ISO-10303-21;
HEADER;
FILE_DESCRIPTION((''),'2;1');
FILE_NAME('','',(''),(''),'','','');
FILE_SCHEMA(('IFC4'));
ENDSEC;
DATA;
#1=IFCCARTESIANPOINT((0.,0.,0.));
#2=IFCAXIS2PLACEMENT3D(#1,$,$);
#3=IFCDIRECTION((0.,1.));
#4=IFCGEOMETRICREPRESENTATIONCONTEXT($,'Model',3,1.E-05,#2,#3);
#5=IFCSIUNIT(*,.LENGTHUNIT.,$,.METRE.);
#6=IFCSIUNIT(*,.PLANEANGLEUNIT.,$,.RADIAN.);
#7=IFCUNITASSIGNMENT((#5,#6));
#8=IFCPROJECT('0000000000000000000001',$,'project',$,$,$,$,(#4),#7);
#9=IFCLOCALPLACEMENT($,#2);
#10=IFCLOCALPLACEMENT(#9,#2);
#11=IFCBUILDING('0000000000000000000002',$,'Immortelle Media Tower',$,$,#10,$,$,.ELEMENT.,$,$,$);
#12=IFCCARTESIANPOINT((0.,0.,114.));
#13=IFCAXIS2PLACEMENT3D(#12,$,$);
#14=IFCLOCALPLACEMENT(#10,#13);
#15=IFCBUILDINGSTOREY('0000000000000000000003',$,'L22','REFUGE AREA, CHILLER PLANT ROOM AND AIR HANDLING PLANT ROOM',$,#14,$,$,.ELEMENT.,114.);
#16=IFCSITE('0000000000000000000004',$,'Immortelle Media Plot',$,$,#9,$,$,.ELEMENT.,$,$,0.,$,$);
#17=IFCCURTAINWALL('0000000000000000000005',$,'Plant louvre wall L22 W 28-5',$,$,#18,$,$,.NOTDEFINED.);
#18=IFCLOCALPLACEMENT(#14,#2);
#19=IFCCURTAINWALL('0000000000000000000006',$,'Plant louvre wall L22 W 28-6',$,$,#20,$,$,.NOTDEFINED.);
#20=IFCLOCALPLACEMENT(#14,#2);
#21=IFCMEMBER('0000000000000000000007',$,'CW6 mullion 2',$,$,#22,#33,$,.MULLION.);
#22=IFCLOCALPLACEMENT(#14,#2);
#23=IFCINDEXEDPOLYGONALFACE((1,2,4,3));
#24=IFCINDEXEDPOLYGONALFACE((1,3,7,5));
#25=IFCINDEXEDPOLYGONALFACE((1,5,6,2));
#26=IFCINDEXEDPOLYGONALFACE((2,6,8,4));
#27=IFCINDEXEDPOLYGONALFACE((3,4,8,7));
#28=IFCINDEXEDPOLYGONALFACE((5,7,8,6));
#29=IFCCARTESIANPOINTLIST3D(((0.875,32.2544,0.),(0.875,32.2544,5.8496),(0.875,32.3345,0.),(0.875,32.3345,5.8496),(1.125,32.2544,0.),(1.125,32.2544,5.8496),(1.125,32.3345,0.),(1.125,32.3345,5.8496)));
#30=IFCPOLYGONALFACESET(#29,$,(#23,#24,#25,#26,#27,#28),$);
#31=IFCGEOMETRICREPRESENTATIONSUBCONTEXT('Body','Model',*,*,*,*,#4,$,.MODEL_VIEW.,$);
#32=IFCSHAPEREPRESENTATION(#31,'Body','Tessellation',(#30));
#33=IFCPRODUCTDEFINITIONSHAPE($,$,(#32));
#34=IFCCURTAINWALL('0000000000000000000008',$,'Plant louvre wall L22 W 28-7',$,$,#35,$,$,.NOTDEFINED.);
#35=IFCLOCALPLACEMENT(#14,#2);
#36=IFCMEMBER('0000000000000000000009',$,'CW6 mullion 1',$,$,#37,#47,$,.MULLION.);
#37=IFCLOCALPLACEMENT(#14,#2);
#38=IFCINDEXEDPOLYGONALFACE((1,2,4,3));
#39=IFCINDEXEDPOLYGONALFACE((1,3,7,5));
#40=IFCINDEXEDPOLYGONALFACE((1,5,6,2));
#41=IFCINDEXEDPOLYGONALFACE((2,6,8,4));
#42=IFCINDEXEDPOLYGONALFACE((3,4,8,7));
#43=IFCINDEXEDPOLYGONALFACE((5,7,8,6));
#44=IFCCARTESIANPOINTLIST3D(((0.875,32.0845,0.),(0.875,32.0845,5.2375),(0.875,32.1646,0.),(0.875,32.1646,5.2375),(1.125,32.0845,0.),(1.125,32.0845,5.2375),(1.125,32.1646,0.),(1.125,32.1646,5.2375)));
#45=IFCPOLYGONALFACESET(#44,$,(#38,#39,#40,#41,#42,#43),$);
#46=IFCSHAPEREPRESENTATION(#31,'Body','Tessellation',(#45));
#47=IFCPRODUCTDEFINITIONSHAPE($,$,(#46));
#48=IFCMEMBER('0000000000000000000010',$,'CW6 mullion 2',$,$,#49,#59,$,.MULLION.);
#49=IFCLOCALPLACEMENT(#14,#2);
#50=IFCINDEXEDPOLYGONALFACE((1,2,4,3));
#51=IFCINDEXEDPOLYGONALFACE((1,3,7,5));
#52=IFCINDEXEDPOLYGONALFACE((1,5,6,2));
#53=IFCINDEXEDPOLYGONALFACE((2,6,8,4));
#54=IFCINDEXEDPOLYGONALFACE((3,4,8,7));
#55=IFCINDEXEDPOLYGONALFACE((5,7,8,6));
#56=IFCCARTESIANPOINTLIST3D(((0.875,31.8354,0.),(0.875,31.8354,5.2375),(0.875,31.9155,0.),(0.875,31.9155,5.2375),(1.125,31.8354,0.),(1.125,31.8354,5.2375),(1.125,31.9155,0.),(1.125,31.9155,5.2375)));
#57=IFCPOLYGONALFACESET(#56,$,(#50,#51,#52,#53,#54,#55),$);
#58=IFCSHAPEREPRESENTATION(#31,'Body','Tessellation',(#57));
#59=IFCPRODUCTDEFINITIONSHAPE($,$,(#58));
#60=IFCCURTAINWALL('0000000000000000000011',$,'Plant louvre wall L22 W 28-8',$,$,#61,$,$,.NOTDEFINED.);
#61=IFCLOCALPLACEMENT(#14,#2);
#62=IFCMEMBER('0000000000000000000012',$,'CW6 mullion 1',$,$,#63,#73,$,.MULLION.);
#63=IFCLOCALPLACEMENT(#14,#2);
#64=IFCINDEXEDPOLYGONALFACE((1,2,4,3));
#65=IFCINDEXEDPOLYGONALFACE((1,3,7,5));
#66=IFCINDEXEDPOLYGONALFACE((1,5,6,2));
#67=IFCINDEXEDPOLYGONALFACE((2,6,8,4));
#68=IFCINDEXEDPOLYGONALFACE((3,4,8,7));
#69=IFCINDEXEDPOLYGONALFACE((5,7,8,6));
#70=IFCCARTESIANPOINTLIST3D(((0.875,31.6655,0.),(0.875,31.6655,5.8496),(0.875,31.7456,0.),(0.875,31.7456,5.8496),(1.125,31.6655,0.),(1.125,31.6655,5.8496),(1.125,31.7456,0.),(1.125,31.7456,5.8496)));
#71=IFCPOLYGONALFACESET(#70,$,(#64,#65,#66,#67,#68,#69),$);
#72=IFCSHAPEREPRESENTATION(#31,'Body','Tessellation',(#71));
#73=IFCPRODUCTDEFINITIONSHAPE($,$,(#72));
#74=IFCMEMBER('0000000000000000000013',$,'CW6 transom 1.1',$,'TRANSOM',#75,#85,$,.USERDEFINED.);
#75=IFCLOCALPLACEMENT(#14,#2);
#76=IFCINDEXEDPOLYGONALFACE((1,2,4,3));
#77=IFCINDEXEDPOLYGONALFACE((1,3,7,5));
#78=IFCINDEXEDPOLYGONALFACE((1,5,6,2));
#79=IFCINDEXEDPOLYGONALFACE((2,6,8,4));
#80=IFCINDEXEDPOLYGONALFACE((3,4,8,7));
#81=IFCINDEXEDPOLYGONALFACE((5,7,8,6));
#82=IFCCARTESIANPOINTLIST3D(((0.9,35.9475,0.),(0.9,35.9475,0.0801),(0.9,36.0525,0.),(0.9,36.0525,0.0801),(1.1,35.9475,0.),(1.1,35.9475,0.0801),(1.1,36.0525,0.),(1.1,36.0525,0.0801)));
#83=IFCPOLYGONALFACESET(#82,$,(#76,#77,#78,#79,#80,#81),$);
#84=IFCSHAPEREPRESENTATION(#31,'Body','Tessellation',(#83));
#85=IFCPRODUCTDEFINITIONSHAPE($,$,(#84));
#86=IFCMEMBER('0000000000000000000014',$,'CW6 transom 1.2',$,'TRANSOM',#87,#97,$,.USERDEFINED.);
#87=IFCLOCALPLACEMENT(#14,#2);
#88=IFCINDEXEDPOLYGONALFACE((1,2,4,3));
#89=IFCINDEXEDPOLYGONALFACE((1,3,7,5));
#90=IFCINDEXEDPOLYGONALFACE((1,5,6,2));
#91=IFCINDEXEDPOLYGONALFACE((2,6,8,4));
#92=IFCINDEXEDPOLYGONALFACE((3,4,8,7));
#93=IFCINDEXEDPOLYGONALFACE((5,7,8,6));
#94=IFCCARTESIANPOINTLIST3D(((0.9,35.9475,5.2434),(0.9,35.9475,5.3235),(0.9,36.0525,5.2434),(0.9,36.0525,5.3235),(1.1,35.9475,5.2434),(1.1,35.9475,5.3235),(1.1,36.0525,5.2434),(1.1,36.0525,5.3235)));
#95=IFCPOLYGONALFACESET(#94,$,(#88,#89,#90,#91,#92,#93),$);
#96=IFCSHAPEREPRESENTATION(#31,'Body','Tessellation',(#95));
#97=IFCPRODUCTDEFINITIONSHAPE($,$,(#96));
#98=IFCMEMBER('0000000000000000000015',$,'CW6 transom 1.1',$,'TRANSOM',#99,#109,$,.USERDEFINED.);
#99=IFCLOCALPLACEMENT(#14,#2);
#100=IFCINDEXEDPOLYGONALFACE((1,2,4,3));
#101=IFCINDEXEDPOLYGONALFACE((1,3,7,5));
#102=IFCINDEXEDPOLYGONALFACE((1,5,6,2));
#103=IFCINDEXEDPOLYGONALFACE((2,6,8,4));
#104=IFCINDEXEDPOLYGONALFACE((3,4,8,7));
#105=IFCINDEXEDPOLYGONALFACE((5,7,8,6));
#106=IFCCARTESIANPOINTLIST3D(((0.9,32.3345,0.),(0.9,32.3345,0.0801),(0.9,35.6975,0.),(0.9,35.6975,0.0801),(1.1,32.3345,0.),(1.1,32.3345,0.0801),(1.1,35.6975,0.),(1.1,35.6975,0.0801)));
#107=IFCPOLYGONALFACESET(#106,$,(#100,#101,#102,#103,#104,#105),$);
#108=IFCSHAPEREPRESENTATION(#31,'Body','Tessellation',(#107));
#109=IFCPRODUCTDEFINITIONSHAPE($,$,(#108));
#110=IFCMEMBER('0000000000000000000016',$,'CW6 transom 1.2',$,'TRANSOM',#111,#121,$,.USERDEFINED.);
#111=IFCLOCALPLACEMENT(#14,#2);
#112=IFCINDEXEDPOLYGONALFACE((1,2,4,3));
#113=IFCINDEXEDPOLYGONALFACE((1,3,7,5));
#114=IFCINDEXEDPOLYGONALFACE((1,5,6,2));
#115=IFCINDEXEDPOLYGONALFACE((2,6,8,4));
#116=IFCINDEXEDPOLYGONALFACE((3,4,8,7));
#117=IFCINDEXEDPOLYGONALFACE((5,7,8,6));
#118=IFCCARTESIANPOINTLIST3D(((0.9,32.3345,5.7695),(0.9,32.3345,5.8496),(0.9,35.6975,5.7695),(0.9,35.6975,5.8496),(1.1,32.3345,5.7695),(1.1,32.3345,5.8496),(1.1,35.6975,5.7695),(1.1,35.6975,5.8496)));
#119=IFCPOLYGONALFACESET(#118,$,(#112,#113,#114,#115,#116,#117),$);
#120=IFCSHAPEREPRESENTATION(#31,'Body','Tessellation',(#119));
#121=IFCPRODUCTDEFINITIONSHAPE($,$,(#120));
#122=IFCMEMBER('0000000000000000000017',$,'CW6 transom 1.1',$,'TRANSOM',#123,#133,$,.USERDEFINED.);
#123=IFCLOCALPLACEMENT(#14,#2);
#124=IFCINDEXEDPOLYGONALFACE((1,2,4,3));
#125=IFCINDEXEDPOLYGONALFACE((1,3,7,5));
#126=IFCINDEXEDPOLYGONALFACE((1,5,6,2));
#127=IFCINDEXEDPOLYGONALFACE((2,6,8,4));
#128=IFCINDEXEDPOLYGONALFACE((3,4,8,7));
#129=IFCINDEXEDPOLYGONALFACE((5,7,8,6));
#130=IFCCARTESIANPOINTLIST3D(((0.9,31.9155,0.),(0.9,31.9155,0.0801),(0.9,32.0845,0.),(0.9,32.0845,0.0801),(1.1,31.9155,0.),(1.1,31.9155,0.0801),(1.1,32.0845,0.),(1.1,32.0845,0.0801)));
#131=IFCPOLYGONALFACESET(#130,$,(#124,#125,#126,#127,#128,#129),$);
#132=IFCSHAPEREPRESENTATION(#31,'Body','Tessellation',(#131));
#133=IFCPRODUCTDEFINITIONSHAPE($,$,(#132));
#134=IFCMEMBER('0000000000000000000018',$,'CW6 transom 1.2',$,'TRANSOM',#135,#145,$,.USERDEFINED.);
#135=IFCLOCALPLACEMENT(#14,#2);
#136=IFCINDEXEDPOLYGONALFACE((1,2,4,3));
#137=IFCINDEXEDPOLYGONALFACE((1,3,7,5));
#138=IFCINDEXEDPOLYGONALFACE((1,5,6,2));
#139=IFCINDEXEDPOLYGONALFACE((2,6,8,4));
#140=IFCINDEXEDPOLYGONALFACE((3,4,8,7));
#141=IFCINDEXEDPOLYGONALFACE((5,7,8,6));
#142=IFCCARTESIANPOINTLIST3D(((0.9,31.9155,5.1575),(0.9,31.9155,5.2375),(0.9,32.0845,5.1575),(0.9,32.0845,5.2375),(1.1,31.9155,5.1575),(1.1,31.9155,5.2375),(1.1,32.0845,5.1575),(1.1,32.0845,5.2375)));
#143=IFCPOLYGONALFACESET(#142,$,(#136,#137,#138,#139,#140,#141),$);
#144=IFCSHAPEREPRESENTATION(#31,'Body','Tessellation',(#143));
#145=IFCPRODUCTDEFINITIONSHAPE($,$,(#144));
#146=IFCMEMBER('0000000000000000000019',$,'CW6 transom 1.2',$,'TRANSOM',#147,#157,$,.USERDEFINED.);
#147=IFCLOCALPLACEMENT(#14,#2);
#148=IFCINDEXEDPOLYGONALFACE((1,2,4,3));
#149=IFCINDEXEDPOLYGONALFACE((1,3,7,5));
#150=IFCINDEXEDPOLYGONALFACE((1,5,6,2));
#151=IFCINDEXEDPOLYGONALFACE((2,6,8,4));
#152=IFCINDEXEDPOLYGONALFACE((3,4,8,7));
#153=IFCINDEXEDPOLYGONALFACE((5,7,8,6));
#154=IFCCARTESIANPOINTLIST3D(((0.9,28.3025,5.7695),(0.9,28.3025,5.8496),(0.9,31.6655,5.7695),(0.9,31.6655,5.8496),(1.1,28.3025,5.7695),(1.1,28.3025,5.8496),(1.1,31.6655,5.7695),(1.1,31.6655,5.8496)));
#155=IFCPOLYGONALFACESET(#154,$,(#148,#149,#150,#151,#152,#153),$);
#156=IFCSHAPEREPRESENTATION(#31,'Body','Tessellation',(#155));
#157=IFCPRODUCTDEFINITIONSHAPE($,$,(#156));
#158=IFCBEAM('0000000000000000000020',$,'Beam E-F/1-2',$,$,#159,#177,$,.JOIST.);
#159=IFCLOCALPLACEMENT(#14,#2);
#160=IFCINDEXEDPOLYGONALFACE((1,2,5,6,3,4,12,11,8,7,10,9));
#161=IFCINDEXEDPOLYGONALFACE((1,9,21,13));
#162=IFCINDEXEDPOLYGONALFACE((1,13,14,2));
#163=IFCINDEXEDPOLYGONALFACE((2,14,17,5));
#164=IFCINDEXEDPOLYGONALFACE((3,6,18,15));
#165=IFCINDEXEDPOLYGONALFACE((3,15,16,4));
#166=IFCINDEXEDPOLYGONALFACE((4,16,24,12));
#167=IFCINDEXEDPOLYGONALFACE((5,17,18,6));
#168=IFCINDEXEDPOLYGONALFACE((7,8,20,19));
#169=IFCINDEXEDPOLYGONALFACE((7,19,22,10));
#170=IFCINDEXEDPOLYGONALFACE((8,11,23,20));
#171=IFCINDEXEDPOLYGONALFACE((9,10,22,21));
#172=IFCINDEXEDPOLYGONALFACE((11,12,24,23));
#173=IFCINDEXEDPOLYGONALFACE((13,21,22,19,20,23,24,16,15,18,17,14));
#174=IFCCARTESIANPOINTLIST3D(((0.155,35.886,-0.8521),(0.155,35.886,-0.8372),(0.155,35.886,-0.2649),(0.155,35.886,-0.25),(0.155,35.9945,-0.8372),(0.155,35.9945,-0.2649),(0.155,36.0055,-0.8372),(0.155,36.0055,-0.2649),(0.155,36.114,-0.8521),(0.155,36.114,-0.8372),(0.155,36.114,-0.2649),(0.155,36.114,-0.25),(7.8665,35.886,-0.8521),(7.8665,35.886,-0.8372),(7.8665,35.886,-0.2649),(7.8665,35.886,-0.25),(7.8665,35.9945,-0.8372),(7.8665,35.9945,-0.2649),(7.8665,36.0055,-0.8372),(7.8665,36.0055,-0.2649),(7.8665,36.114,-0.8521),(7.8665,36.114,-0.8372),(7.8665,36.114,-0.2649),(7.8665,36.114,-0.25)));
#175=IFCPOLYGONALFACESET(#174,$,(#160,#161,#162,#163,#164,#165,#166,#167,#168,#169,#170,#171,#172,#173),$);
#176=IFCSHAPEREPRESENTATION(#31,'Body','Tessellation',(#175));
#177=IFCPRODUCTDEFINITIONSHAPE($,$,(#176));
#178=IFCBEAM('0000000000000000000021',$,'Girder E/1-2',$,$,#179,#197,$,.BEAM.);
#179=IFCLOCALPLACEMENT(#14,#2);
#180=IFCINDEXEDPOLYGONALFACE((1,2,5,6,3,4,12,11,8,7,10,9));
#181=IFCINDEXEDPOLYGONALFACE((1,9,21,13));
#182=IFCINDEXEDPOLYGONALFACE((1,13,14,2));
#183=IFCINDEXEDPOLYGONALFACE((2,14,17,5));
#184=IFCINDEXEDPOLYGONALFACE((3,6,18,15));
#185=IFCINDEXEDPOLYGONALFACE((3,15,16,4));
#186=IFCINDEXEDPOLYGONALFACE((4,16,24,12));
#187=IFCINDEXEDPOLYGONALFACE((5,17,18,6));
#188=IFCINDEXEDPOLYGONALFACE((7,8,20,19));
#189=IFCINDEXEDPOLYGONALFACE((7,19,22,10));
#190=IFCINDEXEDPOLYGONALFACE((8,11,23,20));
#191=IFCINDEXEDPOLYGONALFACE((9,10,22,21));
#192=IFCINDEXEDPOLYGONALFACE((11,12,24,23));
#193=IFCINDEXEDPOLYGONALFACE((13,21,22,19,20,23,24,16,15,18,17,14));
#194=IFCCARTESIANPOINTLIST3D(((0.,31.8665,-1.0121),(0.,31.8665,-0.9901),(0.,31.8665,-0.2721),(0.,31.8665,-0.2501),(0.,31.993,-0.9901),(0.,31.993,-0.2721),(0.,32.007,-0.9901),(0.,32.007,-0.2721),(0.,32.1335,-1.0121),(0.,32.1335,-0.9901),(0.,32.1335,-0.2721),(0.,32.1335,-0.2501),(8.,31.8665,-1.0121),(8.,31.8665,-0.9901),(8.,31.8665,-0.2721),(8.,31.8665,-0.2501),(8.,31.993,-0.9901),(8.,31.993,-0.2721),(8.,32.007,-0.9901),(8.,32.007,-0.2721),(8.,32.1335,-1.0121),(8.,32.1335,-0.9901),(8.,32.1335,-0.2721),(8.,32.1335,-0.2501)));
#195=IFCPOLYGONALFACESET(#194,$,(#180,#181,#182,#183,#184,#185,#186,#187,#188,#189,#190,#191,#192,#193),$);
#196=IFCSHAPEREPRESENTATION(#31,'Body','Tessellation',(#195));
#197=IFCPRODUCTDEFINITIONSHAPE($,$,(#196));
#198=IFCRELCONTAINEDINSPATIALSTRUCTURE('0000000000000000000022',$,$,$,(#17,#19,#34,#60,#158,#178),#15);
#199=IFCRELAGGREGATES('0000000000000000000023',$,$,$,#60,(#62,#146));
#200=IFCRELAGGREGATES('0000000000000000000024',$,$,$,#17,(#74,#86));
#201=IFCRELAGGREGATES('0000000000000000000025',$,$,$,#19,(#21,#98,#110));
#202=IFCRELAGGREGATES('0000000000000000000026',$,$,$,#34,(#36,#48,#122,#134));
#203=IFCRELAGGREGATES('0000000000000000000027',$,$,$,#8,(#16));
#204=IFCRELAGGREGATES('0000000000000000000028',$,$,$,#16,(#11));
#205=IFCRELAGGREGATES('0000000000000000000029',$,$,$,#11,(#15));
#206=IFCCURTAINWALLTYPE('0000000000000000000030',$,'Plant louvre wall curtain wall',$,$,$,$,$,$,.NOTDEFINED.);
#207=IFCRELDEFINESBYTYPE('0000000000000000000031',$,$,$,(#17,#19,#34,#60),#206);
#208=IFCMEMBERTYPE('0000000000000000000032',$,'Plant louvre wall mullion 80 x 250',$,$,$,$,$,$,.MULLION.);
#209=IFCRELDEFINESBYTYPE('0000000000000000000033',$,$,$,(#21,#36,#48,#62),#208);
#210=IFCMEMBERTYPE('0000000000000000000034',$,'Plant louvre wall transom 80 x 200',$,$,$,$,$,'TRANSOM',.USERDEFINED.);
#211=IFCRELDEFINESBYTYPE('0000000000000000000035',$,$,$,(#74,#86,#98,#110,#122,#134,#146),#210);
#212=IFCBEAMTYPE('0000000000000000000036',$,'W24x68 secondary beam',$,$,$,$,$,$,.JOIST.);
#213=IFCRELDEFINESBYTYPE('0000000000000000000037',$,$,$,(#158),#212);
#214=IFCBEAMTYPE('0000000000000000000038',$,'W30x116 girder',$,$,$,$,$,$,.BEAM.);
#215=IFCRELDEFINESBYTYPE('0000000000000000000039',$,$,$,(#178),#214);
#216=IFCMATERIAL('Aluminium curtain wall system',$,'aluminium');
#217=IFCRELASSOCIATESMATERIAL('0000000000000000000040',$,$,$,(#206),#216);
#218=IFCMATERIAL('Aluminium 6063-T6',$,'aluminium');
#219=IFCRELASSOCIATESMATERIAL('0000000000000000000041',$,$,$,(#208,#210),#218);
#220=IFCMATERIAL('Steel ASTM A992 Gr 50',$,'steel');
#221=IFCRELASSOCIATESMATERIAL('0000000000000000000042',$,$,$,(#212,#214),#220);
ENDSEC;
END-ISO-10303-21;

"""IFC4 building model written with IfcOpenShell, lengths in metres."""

from ifc_helpers import new_model, si_unit, direction, frame, origin, origin_2d, place, context, subcontext, project, spatial, rectangle, i_section, extrude, material, material_profile, profile_set, type_object, element, aggregate, save


model = new_model("IFC4")

# Units and contexts
model_context = context("Model", 3, precision=1e-05, world=origin(), true_north=direction((0.0, 1.0)))
body_context = subcontext(model_context, "Body", "Model", "MODEL_VIEW")
ifc_project = project(units=[si_unit("LENGTHUNIT", "METRE"), si_unit("PLANEANGLEUNIT", "RADIAN")], contexts=[model_context])

# Site, building, storey
site_placement = place(None, origin())
site = spatial("IfcSite", under=ifc_project, at=site_placement, Name="Immortelle Media Plot", CompositionType="ELEMENT", RefElevation=0.0)
building_placement = place(site_placement, origin())
building = spatial("IfcBuilding", under=site, at=building_placement, Name="Immortelle Media Tower", CompositionType="ELEMENT")
storey_placement = place(building_placement, frame((0.0, 0.0, 114.0)))
storey = spatial("IfcBuildingStorey", under=building, at=storey_placement, Name="L22", Description="REFUGE AREA, CHILLER PLANT ROOM AND AIR HANDLING PLANT ROOM", CompositionType="ELEMENT", Elevation=114.0)

# Shared definitions
ifc_material_1 = material(Name="Steel ASTM A992 Gr 50", Category="steel")

# Shared definitions
ifc_material_2 = material(Name="Aluminium curtain wall system", Category="aluminium")
curtain_wall_type = type_object("IfcCurtainWallType", Name="Plant louvre wall curtain wall", PredefinedType="NOTDEFINED", material=ifc_material_2)
ifc_material_3 = material(Name="Aluminium 6063-T6", Category="aluminium")
ifc_material_profile_1 = material_profile(ifc_material_3, rectangle(XDim=0.25, YDim=0.0801, at=origin_2d()), Name="AL 80x250")
ifc_profile_set_1 = profile_set([ifc_material_profile_1], Name="Aluminium 6063-T6")
member_type_1 = type_object("IfcMemberType", Name="Plant louvre wall mullion 80 x 250", PredefinedType="MULLION", material=ifc_profile_set_1)

# Curtain walls, members
curtain_wall_1_placement = place(storey_placement, origin())
curtain_wall_1 = element("IfcCurtainWall", 1, at=curtain_wall_1_placement, inside=storey, type_object=curtain_wall_type, Name="Plant louvre wall L22 W 28-5", PredefinedType="NOTDEFINED")
curtain_wall_2_placement = place(storey_placement, origin())
curtain_wall_2 = element("IfcCurtainWall", 2, at=curtain_wall_2_placement, inside=storey, type_object=curtain_wall_type, Name="Plant louvre wall L22 W 28-6", PredefinedType="NOTDEFINED")
member_1_placement = place(storey_placement, frame((1.0, 32.2944, 0.0), z_axis=(0.0, 0.0, 1.0), x_axis=(1.0, 0.0, 0.0)))
member_1 = element("IfcMember", 3, at=member_1_placement, type_object=member_type_1, Name="CW6 mullion 2", PredefinedType="MULLION", context=body_context, shape_type="SweptSolid", body=[
    extrude(rectangle(XDim=0.25, YDim=0.0801, at=origin_2d()), origin(), (0.0, 0.0, 1.0), 5.8496),
])
curtain_wall_3_placement = place(storey_placement, origin())
curtain_wall_3 = element("IfcCurtainWall", 4, at=curtain_wall_3_placement, inside=storey, type_object=curtain_wall_type, Name="Plant louvre wall L22 W 28-7", PredefinedType="NOTDEFINED")
member_2_placement = place(storey_placement, frame((1.0, 32.1245, 0.0), z_axis=(0.0, 0.0, 1.0), x_axis=(1.0, 0.0, 0.0)))
member_2 = element("IfcMember", 5, at=member_2_placement, type_object=member_type_1, Name="CW6 mullion 1", PredefinedType="MULLION", context=body_context, shape_type="SweptSolid", body=[
    extrude(rectangle(XDim=0.25, YDim=0.0801, at=origin_2d()), origin(), (0.0, 0.0, 1.0), 5.2375),
])
member_3_placement = place(storey_placement, frame((1.0, 31.8755, 0.0), z_axis=(0.0, 0.0, 1.0), x_axis=(1.0, 0.0, 0.0)))
member_3 = element("IfcMember", 6, at=member_3_placement, type_object=member_type_1, Name="CW6 mullion 2", PredefinedType="MULLION", context=body_context, shape_type="SweptSolid", body=[
    extrude(rectangle(XDim=0.25, YDim=0.0801, at=origin_2d()), origin(), (0.0, 0.0, 1.0), 5.2375),
])

# Curtain wall, member
curtain_wall_4_placement = place(storey_placement, origin())
curtain_wall_4 = element("IfcCurtainWall", 7, at=curtain_wall_4_placement, inside=storey, type_object=curtain_wall_type, Name="Plant louvre wall L22 W 28-8", PredefinedType="NOTDEFINED")
member_4_placement = place(storey_placement, frame((1.0, 31.7056, 0.0), z_axis=(0.0, 0.0, 1.0), x_axis=(1.0, 0.0, 0.0)))
member_4 = element("IfcMember", 8, at=member_4_placement, type_object=member_type_1, Name="CW6 mullion 1", PredefinedType="MULLION", context=body_context, shape_type="SweptSolid", body=[
    extrude(rectangle(XDim=0.25, YDim=0.0801, at=origin_2d()), origin(), (0.0, 0.0, 1.0), 5.8496),
])

# Members
ifc_material_profile_2 = material_profile(ifc_material_3, rectangle(XDim=0.2, YDim=0.0801, at=origin_2d()), Name="AL 80x200")
ifc_profile_set_2 = profile_set([ifc_material_profile_2], Name="Aluminium 6063-T6")
member_type_2 = type_object("IfcMemberType", Name="Plant louvre wall transom 80 x 200", ElementType="TRANSOM", PredefinedType="USERDEFINED", material=ifc_profile_set_2)
member_5_placement = place(storey_placement, frame((1.0, 36.0525, 0.04), z_axis=(0.0, -1.0, 0.0), x_axis=(1.0, 0.0, 0.0)))
member_5 = element("IfcMember", 9, at=member_5_placement, type_object=member_type_2, Name="CW6 transom 1.1", ObjectType="TRANSOM", PredefinedType="USERDEFINED", context=body_context, shape_type="SweptSolid", body=[
    extrude(rectangle(XDim=0.2, YDim=0.0801, at=origin_2d()), origin(), (0.0, 0.0, 1.0), 0.105),
])
member_6_placement = place(storey_placement, frame((1.0, 36.0525, 5.2834), z_axis=(0.0, -1.0, 0.0), x_axis=(1.0, 0.0, 0.0)))
member_6 = element("IfcMember", 10, at=member_6_placement, type_object=member_type_2, Name="CW6 transom 1.2", ObjectType="TRANSOM", PredefinedType="USERDEFINED", context=body_context, shape_type="SweptSolid", body=[
    extrude(rectangle(XDim=0.2, YDim=0.0801, at=origin_2d()), origin(), (0.0, 0.0, 1.0), 0.105),
])
member_7_placement = place(storey_placement, frame((1.0, 35.6975, 0.04), z_axis=(0.0, -1.0, 0.0), x_axis=(1.0, 0.0, 0.0)))
member_7 = element("IfcMember", 11, at=member_7_placement, type_object=member_type_2, Name="CW6 transom 1.1", ObjectType="TRANSOM", PredefinedType="USERDEFINED", context=body_context, shape_type="SweptSolid", body=[
    extrude(rectangle(XDim=0.2, YDim=0.0801, at=origin_2d()), origin(), (0.0, 0.0, 1.0), 3.363),
])
member_8_placement = place(storey_placement, frame((1.0, 35.6975, 5.8096), z_axis=(0.0, -1.0, 0.0), x_axis=(1.0, 0.0, 0.0)))
member_8 = element("IfcMember", 12, at=member_8_placement, type_object=member_type_2, Name="CW6 transom 1.2", ObjectType="TRANSOM", PredefinedType="USERDEFINED", context=body_context, shape_type="SweptSolid", body=[
    extrude(rectangle(XDim=0.2, YDim=0.0801, at=origin_2d()), origin(), (0.0, 0.0, 1.0), 3.363),
])
member_9_placement = place(storey_placement, frame((1.0, 32.0845, 0.04), z_axis=(0.0, -1.0, 0.0), x_axis=(1.0, 0.0, 0.0)))
member_9 = element("IfcMember", 13, at=member_9_placement, type_object=member_type_2, Name="CW6 transom 1.1", ObjectType="TRANSOM", PredefinedType="USERDEFINED", context=body_context, shape_type="SweptSolid", body=[
    extrude(rectangle(XDim=0.2, YDim=0.0801, at=origin_2d()), origin(), (0.0, 0.0, 1.0), 0.1689),
])
member_10_placement = place(storey_placement, frame((1.0, 32.0845, 5.1975), z_axis=(0.0, -1.0, 0.0), x_axis=(1.0, 0.0, 0.0)))
member_10 = element("IfcMember", 14, at=member_10_placement, type_object=member_type_2, Name="CW6 transom 1.2", ObjectType="TRANSOM", PredefinedType="USERDEFINED", context=body_context, shape_type="SweptSolid", body=[
    extrude(rectangle(XDim=0.2, YDim=0.0801, at=origin_2d()), origin(), (0.0, 0.0, 1.0), 0.1689),
])
member_11_placement = place(storey_placement, frame((1.0, 31.6655, 5.8096), z_axis=(0.0, -1.0, 0.0), x_axis=(1.0, 0.0, 0.0)))
member_11 = element("IfcMember", 15, at=member_11_placement, type_object=member_type_2, Name="CW6 transom 1.2", ObjectType="TRANSOM", PredefinedType="USERDEFINED", context=body_context, shape_type="SweptSolid", body=[
    extrude(rectangle(XDim=0.2, YDim=0.0801, at=origin_2d()), origin(), (0.0, 0.0, 1.0), 3.363),
])
aggregate(curtain_wall_4, [member_4, member_11])

# Beams
ifc_material_profile_3 = material_profile(ifc_material_1, i_section(OverallWidth=0.228, OverallDepth=0.6021, WebThickness=0.011, FlangeThickness=0.0149, at=origin_2d()), Name="W24x68")
ifc_profile_set_3 = profile_set([ifc_material_profile_3], Name="Steel ASTM A992 Gr 50")
beam_type_1 = type_object("IfcBeamType", Name="W24x68 secondary beam", PredefinedType="JOIST", material=ifc_profile_set_3)
beam_1_placement = place(storey_placement, frame((0.155, 36.0, -0.551), z_axis=(1.0, 0.0, 0.0), x_axis=(0.0, 1.0, 0.0)))
element("IfcBeam", 16, at=beam_1_placement, inside=storey, type_object=beam_type_1, Name="Beam E-F/1-2", PredefinedType="JOIST", context=body_context, shape_type="SweptSolid", body=[
    extrude(i_section(OverallWidth=0.228, OverallDepth=0.6021, WebThickness=0.011, FlangeThickness=0.0149, at=origin_2d()), origin(), (0.0, 0.0, 1.0), 7.7114),
])
ifc_material_profile_4 = material_profile(ifc_material_1, i_section(OverallWidth=0.2671, OverallDepth=0.762, WebThickness=0.0139, FlangeThickness=0.022, at=origin_2d()), Name="W30x116")
ifc_profile_set_4 = profile_set([ifc_material_profile_4], Name="Steel ASTM A992 Gr 50")
beam_type_2 = type_object("IfcBeamType", Name="W30x116 girder", PredefinedType="BEAM", material=ifc_profile_set_4)
beam_2_placement = place(storey_placement, frame((0.0, 32.0, -0.6311), z_axis=(1.0, 0.0, 0.0), x_axis=(0.0, 1.0, 0.0)))
element("IfcBeam", 17, at=beam_2_placement, inside=storey, type_object=beam_type_2, Name="Girder E/1-2", PredefinedType="BEAM", context=body_context, shape_type="SweptSolid", body=[
    extrude(i_section(OverallWidth=0.2671, OverallDepth=0.762, WebThickness=0.0139, FlangeThickness=0.022, at=origin_2d()), origin(), (0.0, 0.0, 1.0), 8.0),
])

aggregate(curtain_wall_1, [member_5, member_6])
aggregate(curtain_wall_2, [member_1, member_7, member_8])
aggregate(curtain_wall_3, [member_2, member_3, member_9, member_10])

save(model, "model.ifc")
